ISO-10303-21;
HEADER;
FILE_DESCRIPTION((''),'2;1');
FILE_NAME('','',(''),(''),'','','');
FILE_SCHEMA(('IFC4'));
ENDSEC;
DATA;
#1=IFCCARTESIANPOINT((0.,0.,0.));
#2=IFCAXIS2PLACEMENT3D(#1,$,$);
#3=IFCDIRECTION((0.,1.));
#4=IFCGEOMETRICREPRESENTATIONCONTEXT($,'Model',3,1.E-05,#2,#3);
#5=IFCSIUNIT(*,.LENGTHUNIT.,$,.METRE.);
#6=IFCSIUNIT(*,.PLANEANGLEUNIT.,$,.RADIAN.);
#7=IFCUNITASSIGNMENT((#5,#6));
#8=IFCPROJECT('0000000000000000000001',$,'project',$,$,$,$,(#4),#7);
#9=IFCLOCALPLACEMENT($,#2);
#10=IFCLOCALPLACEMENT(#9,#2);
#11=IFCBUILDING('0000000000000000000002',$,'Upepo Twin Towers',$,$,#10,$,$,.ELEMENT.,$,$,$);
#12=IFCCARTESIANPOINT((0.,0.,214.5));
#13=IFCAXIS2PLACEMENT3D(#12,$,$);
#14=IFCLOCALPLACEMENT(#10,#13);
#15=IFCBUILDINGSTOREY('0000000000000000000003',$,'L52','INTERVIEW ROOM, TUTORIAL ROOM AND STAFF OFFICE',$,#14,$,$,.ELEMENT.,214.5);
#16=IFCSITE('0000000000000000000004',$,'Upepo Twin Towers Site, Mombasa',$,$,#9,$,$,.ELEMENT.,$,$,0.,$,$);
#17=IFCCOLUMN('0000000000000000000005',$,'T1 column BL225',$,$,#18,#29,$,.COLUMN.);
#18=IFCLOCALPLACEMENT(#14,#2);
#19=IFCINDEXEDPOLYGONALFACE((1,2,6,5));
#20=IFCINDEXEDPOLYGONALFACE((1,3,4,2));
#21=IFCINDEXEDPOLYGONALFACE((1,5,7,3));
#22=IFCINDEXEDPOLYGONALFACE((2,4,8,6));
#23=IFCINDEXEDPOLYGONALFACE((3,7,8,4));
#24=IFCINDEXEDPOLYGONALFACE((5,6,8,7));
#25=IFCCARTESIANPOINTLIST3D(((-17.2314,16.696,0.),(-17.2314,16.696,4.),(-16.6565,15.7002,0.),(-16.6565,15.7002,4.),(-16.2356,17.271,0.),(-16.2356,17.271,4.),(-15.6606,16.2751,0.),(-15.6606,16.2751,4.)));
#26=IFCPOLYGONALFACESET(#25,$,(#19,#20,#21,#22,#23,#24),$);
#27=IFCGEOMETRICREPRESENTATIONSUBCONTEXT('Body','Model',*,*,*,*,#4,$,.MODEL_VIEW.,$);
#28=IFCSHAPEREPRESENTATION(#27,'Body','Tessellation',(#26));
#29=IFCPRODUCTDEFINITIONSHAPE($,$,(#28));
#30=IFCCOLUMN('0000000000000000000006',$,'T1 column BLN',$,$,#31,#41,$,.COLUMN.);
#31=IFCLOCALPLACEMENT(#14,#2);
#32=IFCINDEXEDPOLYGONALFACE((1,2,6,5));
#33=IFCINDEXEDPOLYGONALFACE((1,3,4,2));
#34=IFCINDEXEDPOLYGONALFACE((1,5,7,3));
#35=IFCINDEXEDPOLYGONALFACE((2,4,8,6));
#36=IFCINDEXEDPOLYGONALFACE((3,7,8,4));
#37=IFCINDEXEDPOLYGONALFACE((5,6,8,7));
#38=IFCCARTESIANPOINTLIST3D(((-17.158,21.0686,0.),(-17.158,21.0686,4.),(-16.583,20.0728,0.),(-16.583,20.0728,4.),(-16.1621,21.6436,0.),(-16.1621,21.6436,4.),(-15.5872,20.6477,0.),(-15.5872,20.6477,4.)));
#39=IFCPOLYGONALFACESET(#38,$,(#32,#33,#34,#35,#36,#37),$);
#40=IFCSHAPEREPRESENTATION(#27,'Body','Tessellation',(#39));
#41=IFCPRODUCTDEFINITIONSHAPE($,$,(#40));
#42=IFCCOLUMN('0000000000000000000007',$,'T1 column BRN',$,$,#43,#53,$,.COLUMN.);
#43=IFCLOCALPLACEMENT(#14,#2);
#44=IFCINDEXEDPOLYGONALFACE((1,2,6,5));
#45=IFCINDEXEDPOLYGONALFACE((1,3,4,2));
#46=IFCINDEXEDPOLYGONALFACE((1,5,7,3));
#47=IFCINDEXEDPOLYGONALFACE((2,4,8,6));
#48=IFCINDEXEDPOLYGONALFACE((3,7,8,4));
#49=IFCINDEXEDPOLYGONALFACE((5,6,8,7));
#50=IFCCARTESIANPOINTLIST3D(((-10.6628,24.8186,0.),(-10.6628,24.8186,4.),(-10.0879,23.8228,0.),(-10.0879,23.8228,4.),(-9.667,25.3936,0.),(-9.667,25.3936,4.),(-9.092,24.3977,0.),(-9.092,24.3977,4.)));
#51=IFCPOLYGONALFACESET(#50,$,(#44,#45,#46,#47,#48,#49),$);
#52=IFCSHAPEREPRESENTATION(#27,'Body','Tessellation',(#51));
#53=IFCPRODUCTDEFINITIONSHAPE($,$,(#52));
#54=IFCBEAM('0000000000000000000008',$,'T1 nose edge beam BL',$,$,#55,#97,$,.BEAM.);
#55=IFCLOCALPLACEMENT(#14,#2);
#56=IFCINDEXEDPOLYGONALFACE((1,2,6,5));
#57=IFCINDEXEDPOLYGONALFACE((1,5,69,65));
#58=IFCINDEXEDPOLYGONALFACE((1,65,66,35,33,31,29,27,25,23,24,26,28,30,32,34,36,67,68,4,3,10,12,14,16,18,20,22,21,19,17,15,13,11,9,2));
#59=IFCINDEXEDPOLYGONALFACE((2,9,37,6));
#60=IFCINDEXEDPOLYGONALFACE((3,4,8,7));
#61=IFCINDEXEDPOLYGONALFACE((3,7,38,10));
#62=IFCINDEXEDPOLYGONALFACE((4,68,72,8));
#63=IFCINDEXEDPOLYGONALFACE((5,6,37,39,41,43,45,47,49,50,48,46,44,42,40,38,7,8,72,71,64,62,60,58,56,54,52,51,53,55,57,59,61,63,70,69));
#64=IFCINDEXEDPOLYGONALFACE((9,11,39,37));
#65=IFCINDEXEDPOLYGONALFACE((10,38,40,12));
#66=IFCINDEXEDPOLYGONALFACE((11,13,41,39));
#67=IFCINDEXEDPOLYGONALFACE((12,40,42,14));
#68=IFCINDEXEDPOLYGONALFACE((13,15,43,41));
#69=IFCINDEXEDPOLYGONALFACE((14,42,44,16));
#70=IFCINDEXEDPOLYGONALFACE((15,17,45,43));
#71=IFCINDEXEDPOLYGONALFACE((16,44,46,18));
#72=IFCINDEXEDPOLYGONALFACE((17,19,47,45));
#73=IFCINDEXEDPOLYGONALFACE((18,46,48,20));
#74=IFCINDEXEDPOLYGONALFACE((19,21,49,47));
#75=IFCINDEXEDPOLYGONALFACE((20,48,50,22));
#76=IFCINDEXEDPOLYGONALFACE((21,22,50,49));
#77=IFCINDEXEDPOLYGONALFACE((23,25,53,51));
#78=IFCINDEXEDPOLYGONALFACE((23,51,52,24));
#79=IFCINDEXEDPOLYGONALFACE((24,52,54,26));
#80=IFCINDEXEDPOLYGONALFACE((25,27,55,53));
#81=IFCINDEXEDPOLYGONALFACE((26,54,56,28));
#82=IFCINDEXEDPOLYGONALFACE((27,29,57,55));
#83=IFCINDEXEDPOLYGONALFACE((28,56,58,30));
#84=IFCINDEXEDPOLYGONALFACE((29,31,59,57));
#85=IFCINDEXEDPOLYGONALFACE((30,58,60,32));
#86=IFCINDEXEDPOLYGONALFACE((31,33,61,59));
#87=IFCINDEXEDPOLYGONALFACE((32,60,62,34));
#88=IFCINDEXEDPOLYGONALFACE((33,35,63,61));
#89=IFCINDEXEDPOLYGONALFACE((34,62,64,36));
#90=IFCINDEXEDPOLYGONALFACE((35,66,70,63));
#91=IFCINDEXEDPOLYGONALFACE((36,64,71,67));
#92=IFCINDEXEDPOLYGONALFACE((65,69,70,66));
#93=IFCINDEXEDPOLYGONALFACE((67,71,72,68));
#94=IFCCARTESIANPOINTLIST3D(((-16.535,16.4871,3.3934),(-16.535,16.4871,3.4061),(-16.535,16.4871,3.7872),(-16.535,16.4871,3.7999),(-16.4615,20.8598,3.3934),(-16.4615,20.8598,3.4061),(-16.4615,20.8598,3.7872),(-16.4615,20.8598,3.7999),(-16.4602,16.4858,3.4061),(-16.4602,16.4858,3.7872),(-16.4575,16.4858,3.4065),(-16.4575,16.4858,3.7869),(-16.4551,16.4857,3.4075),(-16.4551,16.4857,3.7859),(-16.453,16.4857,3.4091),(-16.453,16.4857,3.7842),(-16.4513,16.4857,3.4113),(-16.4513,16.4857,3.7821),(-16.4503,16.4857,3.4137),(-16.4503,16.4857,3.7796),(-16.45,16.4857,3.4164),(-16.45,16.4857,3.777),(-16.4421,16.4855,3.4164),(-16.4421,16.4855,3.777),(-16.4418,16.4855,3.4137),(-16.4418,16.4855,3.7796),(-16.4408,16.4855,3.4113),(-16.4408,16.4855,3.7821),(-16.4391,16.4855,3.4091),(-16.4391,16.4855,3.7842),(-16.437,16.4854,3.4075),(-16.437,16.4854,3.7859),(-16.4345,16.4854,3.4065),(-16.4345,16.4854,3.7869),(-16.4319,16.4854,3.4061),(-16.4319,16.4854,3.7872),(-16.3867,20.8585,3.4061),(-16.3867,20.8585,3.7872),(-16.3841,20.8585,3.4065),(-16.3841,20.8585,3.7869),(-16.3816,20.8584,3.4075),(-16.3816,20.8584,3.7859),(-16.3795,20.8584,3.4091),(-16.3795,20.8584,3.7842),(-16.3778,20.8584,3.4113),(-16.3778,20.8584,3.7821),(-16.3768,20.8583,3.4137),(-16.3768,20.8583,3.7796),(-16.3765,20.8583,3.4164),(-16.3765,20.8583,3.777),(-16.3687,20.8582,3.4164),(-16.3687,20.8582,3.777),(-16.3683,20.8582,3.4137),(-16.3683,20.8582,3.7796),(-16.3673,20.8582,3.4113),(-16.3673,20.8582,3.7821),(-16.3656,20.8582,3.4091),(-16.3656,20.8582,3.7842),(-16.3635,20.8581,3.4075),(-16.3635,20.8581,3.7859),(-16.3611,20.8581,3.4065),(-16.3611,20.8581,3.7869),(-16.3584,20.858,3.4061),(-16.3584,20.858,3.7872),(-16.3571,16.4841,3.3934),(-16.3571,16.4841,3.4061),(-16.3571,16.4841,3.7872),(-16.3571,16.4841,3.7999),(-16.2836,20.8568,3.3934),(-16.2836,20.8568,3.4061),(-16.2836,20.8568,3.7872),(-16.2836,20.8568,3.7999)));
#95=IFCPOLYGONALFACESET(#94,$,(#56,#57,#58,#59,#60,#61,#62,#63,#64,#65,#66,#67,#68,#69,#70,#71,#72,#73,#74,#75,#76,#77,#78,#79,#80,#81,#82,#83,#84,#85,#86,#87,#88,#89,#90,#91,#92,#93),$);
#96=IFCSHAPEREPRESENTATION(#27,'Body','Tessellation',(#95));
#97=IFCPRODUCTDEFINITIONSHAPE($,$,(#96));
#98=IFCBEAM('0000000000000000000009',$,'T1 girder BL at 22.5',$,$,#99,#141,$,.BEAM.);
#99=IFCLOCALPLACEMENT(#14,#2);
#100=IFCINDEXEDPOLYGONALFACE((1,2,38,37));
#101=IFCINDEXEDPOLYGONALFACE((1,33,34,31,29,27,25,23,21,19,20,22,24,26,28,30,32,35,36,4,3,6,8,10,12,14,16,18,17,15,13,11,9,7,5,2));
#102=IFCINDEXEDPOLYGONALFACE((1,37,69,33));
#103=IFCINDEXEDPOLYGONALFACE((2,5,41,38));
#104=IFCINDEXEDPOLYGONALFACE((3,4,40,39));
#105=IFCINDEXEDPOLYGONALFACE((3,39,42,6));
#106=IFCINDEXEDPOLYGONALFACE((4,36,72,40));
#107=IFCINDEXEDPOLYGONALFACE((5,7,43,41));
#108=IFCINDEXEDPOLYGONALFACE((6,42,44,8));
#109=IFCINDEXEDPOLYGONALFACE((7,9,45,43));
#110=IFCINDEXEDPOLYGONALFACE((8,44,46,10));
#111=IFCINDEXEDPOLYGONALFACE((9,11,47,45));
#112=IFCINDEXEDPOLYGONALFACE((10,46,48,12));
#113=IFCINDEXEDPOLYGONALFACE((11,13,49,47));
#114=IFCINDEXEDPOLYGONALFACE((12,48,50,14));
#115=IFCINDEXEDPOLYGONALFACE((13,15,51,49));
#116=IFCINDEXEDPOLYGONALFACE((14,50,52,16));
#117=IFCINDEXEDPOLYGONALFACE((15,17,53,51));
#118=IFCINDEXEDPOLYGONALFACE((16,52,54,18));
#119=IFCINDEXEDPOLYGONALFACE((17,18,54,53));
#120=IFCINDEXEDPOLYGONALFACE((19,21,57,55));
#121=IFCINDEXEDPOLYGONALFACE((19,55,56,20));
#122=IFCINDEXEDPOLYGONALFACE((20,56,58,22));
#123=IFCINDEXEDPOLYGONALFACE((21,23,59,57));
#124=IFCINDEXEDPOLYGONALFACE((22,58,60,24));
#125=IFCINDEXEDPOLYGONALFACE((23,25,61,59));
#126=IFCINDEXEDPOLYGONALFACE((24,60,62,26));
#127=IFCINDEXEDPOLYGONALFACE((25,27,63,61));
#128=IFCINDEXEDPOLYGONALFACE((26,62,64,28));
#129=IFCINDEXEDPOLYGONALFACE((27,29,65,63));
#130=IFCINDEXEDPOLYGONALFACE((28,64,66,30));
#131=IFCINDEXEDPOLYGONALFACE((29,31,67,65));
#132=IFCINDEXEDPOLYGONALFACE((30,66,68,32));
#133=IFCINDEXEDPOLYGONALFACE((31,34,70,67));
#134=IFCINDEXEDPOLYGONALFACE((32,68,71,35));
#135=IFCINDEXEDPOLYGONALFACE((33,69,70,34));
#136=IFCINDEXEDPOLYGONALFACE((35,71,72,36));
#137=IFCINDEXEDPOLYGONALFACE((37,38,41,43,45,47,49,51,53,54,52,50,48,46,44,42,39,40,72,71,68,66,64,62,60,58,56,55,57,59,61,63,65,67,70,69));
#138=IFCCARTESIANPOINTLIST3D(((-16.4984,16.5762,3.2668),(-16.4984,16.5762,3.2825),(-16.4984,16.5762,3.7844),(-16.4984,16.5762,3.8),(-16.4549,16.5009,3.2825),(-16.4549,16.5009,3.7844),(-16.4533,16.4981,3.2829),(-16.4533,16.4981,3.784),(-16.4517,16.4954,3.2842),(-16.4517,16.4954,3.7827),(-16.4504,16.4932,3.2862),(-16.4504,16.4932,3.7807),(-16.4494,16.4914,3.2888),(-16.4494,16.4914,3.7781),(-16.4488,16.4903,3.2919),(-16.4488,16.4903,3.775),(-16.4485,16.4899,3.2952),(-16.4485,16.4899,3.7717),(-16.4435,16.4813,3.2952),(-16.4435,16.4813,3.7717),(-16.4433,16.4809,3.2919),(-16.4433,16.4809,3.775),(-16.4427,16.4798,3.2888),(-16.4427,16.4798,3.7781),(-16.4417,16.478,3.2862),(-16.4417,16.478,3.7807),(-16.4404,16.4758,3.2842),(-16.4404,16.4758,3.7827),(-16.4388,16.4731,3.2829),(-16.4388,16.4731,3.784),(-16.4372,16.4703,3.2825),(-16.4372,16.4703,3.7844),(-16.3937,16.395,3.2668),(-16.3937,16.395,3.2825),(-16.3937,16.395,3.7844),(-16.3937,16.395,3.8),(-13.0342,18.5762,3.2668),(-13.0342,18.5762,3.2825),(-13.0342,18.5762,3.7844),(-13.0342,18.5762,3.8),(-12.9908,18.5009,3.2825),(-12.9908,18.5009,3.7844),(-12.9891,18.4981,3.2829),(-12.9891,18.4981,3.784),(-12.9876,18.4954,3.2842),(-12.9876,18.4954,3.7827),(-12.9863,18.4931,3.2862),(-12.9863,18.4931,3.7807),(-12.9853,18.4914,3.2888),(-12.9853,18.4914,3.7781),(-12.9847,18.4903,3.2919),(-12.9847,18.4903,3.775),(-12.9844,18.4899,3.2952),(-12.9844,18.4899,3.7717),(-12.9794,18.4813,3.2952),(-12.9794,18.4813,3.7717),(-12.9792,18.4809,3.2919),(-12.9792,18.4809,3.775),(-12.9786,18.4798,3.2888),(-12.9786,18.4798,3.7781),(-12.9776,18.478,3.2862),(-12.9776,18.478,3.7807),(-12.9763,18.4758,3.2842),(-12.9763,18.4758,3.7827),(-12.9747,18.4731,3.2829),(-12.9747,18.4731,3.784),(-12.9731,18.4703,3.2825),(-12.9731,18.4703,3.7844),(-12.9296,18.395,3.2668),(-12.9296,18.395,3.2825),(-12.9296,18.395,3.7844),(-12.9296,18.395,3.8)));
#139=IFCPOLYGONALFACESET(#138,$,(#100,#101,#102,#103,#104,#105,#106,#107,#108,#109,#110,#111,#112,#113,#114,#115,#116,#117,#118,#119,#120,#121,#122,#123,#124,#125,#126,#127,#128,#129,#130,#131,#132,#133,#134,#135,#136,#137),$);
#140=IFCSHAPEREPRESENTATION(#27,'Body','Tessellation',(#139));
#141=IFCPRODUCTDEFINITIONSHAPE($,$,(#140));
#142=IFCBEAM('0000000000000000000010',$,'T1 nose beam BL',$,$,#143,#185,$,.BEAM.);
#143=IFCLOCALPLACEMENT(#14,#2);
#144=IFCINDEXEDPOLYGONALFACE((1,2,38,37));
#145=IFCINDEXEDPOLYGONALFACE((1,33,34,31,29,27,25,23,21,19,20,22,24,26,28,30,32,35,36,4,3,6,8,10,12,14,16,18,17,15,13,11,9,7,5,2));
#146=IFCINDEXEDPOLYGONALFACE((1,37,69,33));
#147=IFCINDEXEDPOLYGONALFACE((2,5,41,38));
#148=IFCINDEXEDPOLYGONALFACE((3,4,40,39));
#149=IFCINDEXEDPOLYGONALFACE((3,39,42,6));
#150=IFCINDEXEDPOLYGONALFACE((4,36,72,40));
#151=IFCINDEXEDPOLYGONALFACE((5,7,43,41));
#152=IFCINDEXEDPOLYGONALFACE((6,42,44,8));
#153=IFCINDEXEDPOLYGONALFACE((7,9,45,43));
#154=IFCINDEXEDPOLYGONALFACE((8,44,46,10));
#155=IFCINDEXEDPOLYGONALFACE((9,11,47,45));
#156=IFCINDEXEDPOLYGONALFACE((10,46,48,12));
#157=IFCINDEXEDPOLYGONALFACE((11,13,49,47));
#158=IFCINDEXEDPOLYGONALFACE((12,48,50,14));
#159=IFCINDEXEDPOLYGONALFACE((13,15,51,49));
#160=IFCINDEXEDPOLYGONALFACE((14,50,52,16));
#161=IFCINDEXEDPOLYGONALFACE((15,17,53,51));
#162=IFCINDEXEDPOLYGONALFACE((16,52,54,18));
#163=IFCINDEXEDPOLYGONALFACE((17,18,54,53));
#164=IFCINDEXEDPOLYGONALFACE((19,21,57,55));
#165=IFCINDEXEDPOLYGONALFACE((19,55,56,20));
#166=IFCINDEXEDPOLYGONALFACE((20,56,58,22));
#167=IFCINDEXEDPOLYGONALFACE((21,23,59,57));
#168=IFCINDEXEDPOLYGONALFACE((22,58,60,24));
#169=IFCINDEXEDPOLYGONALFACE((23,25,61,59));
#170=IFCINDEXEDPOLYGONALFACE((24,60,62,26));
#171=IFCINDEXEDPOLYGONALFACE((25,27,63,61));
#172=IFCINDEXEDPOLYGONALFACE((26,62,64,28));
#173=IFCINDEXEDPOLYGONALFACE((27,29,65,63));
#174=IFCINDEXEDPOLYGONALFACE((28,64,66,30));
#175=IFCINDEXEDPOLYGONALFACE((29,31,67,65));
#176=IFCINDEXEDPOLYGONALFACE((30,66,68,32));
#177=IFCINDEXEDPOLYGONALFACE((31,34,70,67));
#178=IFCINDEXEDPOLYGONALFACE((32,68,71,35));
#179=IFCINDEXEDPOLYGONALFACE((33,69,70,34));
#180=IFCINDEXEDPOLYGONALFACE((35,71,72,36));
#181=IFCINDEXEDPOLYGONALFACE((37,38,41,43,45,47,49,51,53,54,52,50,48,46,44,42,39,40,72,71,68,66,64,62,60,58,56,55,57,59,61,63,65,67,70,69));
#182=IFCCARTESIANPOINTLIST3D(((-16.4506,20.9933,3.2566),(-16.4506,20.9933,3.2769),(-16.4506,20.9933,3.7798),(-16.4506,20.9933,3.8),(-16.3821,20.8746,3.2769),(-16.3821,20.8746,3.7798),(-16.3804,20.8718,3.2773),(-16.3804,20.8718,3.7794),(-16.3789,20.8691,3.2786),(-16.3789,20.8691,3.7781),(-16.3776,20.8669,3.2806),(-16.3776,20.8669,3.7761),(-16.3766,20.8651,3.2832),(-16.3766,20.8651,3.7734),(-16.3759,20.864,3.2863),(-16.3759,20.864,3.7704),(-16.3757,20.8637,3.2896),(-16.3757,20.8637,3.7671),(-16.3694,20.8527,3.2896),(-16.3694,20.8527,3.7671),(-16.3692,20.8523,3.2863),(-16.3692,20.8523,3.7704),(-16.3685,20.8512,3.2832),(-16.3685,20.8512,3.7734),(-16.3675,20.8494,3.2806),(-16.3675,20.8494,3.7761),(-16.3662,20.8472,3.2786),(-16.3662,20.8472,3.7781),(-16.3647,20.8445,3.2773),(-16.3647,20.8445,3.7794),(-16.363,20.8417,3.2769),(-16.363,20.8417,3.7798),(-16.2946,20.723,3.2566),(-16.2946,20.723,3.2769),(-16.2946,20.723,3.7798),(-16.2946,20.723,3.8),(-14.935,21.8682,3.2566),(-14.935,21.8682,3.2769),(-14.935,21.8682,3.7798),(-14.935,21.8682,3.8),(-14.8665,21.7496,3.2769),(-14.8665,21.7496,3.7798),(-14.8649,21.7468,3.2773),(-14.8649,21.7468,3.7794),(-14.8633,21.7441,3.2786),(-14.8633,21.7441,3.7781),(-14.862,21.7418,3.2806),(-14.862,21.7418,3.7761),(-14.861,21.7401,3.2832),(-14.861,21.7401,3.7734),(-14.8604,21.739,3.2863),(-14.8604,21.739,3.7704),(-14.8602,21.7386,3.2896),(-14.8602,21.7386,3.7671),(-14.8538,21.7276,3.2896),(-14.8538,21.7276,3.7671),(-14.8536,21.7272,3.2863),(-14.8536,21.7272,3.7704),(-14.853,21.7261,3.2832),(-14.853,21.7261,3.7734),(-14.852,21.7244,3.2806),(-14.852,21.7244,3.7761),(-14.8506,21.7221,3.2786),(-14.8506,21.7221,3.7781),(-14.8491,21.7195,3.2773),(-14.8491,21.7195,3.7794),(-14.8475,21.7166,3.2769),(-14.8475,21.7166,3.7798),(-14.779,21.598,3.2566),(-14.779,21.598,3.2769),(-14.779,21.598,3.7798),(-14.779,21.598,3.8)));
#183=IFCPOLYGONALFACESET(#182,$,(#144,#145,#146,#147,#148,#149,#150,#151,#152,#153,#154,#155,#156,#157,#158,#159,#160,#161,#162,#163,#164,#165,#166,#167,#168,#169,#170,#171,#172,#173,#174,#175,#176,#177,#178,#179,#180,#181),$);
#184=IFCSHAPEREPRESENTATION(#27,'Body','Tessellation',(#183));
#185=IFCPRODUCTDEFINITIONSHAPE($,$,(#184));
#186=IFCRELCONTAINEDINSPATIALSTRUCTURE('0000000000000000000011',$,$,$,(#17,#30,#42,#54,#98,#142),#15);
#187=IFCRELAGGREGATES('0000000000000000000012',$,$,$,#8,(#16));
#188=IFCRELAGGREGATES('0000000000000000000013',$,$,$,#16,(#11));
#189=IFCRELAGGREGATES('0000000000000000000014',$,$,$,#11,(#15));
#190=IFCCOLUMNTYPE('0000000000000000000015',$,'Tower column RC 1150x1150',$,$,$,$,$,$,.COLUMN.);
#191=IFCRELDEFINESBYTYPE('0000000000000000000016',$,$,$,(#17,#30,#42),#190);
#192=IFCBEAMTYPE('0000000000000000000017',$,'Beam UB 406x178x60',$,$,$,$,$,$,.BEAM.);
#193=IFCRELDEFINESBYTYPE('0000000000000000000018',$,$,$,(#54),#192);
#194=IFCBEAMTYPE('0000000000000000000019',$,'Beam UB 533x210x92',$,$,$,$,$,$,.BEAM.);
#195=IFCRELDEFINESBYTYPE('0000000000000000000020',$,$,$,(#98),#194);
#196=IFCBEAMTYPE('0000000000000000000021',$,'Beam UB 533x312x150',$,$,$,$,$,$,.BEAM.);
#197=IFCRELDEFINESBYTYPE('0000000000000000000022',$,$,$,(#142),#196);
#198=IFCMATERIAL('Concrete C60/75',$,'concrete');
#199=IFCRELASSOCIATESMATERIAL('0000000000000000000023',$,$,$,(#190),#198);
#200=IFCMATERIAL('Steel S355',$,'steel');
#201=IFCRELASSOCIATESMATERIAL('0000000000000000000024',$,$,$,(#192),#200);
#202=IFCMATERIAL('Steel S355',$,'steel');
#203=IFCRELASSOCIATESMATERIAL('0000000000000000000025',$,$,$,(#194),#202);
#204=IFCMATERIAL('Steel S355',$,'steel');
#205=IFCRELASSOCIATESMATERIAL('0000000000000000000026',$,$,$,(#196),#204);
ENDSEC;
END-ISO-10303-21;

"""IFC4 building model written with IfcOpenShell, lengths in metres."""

from ifc_helpers import new_model, si_unit, direction, frame, origin, origin_2d, place, context, subcontext, project, spatial, rectangle, i_section, extrude, material, material_profile, profile_set, type_object, element, save


model = new_model("IFC4")

# Units and contexts
model_context = context("Model", 3, precision=1e-05, world=origin(), true_north=direction((0.0, 1.0)))
body_context = subcontext(model_context, "Body", "Model", "MODEL_VIEW")
ifc_project = project(units=[si_unit("LENGTHUNIT", "METRE"), si_unit("PLANEANGLEUNIT", "RADIAN")], contexts=[model_context])

# Site, building, storey
site_placement = place(None, origin())
site = spatial("IfcSite", under=ifc_project, at=site_placement, Name="Upepo Twin Towers Site, Mombasa", CompositionType="ELEMENT", RefElevation=0.0)
building_placement = place(site_placement, origin())
building = spatial("IfcBuilding", under=site, at=building_placement, Name="Upepo Twin Towers", CompositionType="ELEMENT")
storey_placement = place(building_placement, frame((0.0, 0.0, 214.5)))
storey = spatial("IfcBuildingStorey", under=building, at=storey_placement, Name="L52", Description="INTERVIEW ROOM, TUTORIAL ROOM AND STAFF OFFICE", CompositionType="ELEMENT", Elevation=214.5)

# Columns
ifc_material_1 = material(Name="Concrete C60/75", Category="concrete")
ifc_material_profile_1 = material_profile(ifc_material_1, rectangle(XDim=1.1499, YDim=1.1499, at=origin_2d()), Name="RC 1150x1150")
ifc_profile_set_1 = profile_set([ifc_material_profile_1], Name="Concrete C60/75")
column_type = type_object("IfcColumnType", Name="Tower column RC 1150x1150", PredefinedType="COLUMN", material=ifc_profile_set_1)
for number, where, z_axis, x_axis, name in (
    (1, (-16.446, 16.4856, 0.0), (0.0, 0.0, 1.0), (0.866025, 0.5, 0.0), "T1 column BL225"),
    (2, (-16.3726, 20.8582, 0.0), (0.0, 0.0, 1.0), (0.866025, 0.5, 0.0), "T1 column BLN"),
    (3, (-9.8774, 24.6082, 0.0), (0.0, 0.0, 1.0), (0.866025, 0.5, 0.0), "T1 column BRN"),
):
    element("IfcColumn", number, at=place(storey_placement, frame(where, z_axis=z_axis, x_axis=x_axis)), inside=storey, type_object=column_type, Name=name, PredefinedType="COLUMN", context=body_context, shape_type="SweptSolid", body=[
        extrude(rectangle(XDim=1.1499, YDim=1.1499, at=origin_2d()), origin(), (0.0, 0.0, 1.0), 4.0),
    ])

# Beams
ifc_material_2 = material(Name="Steel S355", Category="steel")
ifc_material_profile_2 = material_profile(ifc_material_2, i_section(OverallWidth=0.178, OverallDepth=0.4065, WebThickness=0.0078, FlangeThickness=0.0127, FilletRadius=0.0103, at=origin_2d()), Name="UB 406x178x60")
ifc_profile_set_2 = profile_set([ifc_material_profile_2], Name="Steel S355")
beam_type_1 = type_object("IfcBeamType", Name="Beam UB 406x178x60", PredefinedType="BEAM", material=ifc_profile_set_2)
beam_1_placement = place(storey_placement, frame((-16.446, 16.4856, 3.5967), z_axis=(0.016804, 0.999859, 0.0), x_axis=(-0.999859, 0.016804, 0.0)))
element("IfcBeam", 4, at=beam_1_placement, inside=storey, type_object=beam_type_1, Name="T1 nose edge beam BL", PredefinedType="BEAM", context=body_context, shape_type="SweptSolid", body=[
    extrude(i_section(OverallWidth=0.178, OverallDepth=0.4065, WebThickness=0.0078, FlangeThickness=0.0127, FilletRadius=0.0103, at=origin_2d()), origin(), (0.0, 0.0, 1.0), 4.3733),
])
ifc_material_3 = material(Name="Steel S355", Category="steel")
ifc_material_profile_3 = material_profile(ifc_material_3, i_section(OverallWidth=0.2092, OverallDepth=0.5332, WebThickness=0.01, FlangeThickness=0.0156, FilletRadius=0.0127, at=origin_2d()), Name="UB 533x210x92")
ifc_profile_set_3 = profile_set([ifc_material_profile_3], Name="Steel S355")
beam_type_2 = type_object("IfcBeamType", Name="Beam UB 533x210x92", PredefinedType="BEAM", material=ifc_profile_set_3)
beam_2_placement = place(storey_placement, frame((-16.446, 16.4856, 3.5334), z_axis=(0.866026, 0.499999, 0.0), x_axis=(-0.499999, 0.866026, 0.0)))
element("IfcBeam", 5, at=beam_2_placement, inside=storey, type_object=beam_type_2, Name="T1 girder BL at 22.5", PredefinedType="BEAM", context=body_context, shape_type="SweptSolid", body=[
    extrude(i_section(OverallWidth=0.2092, OverallDepth=0.5332, WebThickness=0.01, FlangeThickness=0.0156, FilletRadius=0.0127, at=origin_2d()), origin(), (0.0, 0.0, 1.0), 4.0),
])
ifc_material_4 = material(Name="Steel S355", Category="steel")
ifc_material_profile_4 = material_profile(ifc_material_4, i_section(OverallWidth=0.312, OverallDepth=0.5435, WebThickness=0.0127, FlangeThickness=0.0203, FilletRadius=0.0127, at=origin_2d()), Name="UB 533x312x150")
ifc_profile_set_4 = profile_set([ifc_material_profile_4], Name="Steel S355")
beam_type_3 = type_object("IfcBeamType", Name="Beam UB 533x312x150", PredefinedType="BEAM", material=ifc_profile_set_4)
for number, where, z_axis, x_axis, name in (
    (6, (-16.3726, 20.8582, 3.5283), (0.866037, 0.49998, 0.0), (-0.49998, 0.866037, 0.0), "T1 nose beam BL"),
):
    element("IfcBeam", number, at=place(storey_placement, frame(where, z_axis=z_axis, x_axis=x_axis)), inside=storey, type_object=beam_type_3, Name=name, PredefinedType="BEAM", context=body_context, shape_type="SweptSolid", body=[
        extrude(i_section(OverallWidth=0.312, OverallDepth=0.5435, WebThickness=0.0127, FlangeThickness=0.0203, FilletRadius=0.0127, at=origin_2d()), origin(), (0.0, 0.0, 1.0), 1.75),
    ])

save(model, "model.ifc")
